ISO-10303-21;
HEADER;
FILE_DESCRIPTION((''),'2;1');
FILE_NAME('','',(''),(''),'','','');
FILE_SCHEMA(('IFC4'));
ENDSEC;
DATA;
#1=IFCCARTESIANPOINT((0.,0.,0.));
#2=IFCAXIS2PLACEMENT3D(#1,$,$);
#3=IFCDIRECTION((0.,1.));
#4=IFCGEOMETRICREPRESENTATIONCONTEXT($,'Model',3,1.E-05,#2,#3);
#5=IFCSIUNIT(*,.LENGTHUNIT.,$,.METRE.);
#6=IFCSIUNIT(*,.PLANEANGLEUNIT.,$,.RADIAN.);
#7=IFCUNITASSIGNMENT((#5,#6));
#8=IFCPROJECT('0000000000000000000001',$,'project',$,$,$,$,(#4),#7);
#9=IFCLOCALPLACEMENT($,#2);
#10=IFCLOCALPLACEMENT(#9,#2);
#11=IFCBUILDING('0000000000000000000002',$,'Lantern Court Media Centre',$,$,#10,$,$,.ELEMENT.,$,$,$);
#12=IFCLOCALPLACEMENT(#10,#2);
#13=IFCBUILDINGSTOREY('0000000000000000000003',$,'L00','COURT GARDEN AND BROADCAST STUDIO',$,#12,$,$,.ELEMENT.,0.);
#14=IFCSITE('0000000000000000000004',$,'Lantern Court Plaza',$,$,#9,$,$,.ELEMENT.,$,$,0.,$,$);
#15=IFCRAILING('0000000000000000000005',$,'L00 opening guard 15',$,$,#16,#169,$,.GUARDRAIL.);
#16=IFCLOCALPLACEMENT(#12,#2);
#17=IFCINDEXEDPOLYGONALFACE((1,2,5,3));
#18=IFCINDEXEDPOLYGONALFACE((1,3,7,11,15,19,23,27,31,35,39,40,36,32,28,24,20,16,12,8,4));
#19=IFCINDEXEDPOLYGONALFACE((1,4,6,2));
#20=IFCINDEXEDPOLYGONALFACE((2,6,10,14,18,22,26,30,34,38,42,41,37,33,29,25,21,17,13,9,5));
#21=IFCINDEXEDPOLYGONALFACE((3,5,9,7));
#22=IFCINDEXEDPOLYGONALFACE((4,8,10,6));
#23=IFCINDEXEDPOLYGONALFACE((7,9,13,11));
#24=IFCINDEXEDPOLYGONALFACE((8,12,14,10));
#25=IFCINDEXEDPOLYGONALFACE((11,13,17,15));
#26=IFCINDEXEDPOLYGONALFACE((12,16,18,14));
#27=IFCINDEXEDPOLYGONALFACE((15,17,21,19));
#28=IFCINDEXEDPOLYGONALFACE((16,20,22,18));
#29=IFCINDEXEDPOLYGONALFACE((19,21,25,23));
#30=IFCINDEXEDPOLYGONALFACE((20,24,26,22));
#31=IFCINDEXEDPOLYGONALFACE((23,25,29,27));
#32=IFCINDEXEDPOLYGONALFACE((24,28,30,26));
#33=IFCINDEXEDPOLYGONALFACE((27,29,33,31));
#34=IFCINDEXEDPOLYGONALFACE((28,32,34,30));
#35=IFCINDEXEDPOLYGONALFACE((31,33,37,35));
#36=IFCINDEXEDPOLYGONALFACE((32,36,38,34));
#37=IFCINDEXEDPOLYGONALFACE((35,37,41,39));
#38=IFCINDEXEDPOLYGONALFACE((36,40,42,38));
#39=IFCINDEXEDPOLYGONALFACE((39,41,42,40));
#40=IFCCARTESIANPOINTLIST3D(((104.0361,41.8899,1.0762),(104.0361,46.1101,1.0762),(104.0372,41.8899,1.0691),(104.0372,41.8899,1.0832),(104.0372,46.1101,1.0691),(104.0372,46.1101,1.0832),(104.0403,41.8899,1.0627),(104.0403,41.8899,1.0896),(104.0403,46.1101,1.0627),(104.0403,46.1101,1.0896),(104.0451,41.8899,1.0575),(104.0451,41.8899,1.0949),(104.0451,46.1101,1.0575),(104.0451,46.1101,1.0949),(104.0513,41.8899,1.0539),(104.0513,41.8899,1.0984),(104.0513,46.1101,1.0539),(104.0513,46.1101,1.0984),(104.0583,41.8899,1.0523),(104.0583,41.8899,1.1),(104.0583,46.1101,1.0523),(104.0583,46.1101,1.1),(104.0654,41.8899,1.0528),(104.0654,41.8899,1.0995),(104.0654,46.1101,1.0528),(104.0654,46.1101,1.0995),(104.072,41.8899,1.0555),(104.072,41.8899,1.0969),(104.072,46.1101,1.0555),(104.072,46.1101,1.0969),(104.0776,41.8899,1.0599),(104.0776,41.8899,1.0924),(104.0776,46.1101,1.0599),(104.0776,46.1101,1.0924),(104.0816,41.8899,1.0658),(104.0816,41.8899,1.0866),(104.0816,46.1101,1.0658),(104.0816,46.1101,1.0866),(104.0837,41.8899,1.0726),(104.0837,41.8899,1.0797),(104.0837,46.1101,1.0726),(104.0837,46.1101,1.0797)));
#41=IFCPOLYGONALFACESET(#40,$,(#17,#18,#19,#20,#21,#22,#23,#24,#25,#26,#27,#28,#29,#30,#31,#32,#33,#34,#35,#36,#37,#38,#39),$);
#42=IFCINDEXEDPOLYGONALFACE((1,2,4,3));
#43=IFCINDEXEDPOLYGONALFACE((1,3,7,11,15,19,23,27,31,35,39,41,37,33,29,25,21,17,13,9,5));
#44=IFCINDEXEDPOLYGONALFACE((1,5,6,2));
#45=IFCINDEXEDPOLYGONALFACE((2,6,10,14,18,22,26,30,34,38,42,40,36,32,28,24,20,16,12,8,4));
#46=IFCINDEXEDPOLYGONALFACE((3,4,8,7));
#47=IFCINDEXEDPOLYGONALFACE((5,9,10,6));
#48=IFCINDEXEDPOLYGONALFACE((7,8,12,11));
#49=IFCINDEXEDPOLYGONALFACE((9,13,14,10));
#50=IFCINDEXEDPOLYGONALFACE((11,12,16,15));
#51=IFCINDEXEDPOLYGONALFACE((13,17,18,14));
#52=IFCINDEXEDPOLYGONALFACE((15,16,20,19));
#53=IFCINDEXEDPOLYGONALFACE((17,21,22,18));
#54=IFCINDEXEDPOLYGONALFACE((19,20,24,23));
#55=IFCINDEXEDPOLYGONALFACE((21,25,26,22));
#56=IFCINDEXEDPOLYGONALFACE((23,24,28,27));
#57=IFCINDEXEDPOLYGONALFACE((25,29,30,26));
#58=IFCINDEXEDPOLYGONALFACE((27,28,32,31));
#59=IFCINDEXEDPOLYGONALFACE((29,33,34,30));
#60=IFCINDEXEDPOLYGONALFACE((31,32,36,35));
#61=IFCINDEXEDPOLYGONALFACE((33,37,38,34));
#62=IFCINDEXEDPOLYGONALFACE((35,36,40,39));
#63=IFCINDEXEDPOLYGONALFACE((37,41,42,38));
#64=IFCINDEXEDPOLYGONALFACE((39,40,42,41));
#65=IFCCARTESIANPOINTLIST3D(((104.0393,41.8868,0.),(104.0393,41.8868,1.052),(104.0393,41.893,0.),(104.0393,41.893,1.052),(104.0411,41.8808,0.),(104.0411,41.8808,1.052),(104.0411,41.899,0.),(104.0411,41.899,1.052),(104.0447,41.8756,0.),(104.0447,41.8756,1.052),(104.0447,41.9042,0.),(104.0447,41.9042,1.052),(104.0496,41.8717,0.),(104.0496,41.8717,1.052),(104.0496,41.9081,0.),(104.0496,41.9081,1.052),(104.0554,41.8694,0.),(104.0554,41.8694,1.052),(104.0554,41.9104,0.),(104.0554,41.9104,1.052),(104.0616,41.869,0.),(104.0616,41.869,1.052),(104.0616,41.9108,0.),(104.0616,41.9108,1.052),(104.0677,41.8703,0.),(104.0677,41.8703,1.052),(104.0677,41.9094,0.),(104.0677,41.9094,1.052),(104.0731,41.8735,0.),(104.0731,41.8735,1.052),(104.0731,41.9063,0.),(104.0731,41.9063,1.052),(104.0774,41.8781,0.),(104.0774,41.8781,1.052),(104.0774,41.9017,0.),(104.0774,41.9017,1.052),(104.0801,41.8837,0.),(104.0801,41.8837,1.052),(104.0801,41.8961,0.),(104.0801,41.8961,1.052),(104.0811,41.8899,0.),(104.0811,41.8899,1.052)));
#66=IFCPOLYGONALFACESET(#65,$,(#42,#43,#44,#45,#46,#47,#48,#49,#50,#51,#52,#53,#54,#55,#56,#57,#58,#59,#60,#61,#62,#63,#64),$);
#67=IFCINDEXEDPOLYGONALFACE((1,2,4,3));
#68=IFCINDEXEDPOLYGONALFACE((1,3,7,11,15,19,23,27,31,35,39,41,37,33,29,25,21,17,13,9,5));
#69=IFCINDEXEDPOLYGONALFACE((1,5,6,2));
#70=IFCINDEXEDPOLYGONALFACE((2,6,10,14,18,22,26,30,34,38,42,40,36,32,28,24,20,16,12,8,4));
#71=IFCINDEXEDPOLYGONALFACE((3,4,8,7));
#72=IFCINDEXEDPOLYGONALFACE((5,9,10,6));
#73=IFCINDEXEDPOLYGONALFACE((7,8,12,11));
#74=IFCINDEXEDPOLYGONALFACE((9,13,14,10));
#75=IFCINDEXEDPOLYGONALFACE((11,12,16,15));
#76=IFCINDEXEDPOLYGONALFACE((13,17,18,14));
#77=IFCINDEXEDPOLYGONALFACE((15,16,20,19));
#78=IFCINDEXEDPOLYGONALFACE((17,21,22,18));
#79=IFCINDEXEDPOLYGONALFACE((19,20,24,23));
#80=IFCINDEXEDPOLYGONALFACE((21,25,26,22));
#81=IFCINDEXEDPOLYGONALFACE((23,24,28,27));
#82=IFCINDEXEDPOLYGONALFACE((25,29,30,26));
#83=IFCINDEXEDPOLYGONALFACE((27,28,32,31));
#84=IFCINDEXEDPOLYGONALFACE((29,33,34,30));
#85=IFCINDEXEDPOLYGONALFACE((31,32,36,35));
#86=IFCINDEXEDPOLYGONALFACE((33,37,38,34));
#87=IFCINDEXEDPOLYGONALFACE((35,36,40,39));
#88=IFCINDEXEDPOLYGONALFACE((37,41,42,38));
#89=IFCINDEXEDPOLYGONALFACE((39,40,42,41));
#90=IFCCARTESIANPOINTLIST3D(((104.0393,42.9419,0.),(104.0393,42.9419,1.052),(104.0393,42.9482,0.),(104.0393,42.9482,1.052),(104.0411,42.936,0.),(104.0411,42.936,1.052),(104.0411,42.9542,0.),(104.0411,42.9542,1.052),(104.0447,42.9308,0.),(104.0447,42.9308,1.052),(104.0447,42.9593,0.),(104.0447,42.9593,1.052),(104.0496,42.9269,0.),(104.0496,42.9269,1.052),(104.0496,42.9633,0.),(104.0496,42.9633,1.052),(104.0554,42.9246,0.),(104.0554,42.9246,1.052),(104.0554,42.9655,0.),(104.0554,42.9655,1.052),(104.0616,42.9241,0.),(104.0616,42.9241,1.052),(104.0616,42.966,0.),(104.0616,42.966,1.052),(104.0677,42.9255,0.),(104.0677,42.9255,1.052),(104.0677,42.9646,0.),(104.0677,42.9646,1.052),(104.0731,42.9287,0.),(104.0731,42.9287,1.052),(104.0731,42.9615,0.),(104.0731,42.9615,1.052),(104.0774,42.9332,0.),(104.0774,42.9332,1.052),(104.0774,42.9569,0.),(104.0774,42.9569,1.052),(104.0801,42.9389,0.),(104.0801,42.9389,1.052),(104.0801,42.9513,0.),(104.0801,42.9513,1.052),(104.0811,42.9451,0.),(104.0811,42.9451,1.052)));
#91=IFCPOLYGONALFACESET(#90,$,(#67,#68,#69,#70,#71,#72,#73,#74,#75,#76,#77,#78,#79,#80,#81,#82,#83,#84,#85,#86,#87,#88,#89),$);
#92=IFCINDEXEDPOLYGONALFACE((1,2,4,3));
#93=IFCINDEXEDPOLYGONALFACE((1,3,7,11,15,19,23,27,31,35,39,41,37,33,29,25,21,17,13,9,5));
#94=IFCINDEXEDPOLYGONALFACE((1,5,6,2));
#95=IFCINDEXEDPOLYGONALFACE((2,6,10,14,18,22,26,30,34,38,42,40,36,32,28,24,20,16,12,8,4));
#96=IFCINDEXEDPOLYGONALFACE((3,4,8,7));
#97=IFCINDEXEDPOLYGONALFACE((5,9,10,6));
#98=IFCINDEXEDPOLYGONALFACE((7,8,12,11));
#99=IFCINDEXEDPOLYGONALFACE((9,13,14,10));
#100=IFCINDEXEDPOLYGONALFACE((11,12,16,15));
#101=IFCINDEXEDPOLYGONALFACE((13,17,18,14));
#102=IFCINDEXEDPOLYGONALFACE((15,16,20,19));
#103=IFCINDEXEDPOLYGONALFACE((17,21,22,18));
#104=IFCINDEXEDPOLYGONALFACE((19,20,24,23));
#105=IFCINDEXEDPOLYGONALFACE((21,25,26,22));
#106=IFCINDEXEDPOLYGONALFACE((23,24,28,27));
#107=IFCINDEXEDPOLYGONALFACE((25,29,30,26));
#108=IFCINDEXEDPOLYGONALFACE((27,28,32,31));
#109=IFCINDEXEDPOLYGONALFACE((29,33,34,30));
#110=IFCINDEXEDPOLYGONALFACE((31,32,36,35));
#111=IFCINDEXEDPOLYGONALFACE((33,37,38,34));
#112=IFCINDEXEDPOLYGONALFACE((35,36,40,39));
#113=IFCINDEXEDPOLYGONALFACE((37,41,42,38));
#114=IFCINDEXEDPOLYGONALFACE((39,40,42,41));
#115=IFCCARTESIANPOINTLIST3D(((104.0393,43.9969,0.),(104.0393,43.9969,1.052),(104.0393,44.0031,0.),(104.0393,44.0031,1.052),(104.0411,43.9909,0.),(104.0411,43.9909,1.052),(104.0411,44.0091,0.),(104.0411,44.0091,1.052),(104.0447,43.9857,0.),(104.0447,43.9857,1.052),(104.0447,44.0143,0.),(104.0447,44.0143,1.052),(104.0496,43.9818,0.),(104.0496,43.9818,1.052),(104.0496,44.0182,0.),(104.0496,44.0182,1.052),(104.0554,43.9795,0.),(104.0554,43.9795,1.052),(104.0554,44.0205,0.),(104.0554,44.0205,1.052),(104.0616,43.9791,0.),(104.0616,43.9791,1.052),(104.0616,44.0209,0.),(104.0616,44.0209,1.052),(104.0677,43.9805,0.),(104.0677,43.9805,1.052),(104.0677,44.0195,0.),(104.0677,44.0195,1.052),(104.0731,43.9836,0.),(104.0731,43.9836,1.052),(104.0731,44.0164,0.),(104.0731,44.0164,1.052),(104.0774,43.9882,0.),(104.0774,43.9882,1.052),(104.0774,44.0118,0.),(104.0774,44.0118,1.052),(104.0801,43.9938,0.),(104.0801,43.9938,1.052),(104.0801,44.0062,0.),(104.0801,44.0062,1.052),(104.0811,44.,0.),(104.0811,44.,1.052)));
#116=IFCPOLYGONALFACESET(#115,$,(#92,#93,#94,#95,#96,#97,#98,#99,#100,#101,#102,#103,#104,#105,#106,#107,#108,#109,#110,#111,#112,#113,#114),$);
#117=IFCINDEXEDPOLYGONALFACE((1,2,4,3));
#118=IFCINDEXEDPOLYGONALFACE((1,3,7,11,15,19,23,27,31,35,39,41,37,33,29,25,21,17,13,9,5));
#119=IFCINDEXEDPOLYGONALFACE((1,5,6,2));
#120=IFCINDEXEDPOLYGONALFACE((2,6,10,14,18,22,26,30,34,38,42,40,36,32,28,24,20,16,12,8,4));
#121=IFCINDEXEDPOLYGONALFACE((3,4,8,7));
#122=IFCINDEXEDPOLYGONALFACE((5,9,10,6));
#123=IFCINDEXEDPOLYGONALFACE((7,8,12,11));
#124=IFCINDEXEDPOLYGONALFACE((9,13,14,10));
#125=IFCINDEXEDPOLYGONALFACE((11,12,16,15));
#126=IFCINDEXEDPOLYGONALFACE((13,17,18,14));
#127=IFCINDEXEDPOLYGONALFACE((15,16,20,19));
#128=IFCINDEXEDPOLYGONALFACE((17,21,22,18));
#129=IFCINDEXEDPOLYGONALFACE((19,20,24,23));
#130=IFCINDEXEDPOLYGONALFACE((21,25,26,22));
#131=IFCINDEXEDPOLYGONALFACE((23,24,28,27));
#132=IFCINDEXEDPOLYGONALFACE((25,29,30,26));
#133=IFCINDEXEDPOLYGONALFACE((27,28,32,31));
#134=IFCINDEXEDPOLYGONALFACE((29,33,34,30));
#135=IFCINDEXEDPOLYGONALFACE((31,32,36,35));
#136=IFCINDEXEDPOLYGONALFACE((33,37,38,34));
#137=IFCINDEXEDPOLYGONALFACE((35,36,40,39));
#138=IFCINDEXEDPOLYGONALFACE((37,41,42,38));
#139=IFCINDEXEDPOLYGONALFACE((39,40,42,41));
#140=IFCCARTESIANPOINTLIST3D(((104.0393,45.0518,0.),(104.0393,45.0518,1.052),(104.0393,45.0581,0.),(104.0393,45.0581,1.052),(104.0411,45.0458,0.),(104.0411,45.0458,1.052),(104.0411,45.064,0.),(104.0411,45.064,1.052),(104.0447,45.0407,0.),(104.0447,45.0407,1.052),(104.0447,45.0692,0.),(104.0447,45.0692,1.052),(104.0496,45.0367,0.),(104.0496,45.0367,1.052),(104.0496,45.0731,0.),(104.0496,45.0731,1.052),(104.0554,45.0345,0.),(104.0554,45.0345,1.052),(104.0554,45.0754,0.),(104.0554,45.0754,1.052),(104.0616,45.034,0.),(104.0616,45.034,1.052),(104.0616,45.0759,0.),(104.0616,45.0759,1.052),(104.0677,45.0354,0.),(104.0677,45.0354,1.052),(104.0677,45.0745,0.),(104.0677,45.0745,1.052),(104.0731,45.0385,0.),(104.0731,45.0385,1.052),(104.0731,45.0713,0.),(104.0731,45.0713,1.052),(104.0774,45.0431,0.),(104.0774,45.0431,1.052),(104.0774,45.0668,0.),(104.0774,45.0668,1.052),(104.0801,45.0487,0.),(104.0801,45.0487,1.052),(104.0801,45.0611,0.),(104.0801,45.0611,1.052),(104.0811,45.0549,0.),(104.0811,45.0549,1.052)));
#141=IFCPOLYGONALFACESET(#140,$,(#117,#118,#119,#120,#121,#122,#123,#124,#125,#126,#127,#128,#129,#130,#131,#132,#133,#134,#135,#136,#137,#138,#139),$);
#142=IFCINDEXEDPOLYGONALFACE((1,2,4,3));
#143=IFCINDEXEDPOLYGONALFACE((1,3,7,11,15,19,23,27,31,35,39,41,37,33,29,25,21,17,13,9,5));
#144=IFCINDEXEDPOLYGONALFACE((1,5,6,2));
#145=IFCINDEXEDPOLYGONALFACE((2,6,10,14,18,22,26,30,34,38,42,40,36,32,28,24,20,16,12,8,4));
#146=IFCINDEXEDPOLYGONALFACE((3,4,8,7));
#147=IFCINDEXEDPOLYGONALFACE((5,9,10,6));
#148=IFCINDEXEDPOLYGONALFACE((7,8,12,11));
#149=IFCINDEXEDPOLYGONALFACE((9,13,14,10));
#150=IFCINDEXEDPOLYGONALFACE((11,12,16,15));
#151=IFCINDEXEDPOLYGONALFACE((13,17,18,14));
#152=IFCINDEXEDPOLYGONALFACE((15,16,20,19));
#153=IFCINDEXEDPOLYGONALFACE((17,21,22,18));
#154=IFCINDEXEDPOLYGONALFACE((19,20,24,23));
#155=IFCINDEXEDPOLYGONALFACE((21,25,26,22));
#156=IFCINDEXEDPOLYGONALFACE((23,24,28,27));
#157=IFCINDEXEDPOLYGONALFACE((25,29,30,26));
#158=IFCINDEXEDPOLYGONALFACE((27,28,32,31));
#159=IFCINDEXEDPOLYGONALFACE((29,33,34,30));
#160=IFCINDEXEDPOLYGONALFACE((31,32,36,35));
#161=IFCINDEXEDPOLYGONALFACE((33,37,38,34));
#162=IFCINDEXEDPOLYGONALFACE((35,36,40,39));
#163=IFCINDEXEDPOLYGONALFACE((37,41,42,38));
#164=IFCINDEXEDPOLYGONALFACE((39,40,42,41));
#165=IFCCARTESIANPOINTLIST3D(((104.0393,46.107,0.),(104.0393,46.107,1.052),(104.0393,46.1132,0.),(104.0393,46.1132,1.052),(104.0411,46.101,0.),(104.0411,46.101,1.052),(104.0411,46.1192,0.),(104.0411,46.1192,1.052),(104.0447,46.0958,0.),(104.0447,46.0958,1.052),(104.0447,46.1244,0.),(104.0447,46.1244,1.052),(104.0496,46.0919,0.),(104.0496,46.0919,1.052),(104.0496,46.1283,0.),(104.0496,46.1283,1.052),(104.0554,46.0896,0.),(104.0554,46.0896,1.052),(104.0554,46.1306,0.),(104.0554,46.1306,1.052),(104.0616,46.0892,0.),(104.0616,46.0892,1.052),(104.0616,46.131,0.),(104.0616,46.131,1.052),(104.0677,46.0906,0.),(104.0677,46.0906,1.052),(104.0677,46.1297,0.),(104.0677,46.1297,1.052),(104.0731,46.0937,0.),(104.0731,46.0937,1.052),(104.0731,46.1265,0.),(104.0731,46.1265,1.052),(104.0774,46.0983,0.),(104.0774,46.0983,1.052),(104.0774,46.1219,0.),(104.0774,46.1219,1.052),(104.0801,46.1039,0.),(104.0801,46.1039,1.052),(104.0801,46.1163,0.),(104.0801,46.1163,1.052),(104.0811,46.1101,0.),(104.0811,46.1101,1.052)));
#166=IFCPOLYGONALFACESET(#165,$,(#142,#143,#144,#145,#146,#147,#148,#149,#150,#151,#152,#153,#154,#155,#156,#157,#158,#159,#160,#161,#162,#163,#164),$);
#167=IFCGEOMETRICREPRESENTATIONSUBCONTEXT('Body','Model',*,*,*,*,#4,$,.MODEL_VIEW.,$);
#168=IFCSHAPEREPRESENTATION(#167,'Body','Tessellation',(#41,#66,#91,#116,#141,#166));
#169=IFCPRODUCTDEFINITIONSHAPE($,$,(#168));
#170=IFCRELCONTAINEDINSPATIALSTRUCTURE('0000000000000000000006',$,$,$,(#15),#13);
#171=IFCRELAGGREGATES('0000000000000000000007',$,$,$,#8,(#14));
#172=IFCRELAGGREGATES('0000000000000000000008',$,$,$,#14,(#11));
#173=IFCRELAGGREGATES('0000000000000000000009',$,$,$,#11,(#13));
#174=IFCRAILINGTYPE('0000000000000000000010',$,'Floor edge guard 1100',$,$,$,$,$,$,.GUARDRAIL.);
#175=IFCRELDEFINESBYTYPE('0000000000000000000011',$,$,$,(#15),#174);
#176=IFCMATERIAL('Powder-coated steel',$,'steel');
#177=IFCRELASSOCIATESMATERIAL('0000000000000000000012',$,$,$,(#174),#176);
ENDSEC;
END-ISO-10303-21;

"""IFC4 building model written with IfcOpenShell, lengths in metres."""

from ifc_helpers import new_model, si_unit, direction, frame, origin, origin_2d, place, context, subcontext, project, spatial, circle, extrude, material, type_object, element, save


model = new_model("IFC4")

# Units and contexts
model_context = context("Model", 3, precision=1e-05, world=origin(), true_north=direction((0.0, 1.0)))
body_context = subcontext(model_context, "Body", "Model", "MODEL_VIEW")
ifc_project = project(units=[si_unit("LENGTHUNIT", "METRE"), si_unit("PLANEANGLEUNIT", "RADIAN")], contexts=[model_context])

# Site, building, storey
site_placement = place(None, origin())
site = spatial("IfcSite", under=ifc_project, at=site_placement, Name="Lantern Court Plaza", CompositionType="ELEMENT", RefElevation=0.0)
building_placement = place(site_placement, origin())
building = spatial("IfcBuilding", under=site, at=building_placement, Name="Lantern Court Media Centre", CompositionType="ELEMENT")
storey_placement = place(building_placement, origin())
storey = spatial("IfcBuildingStorey", under=building, at=storey_placement, Name="L00", Description="COURT GARDEN AND BROADCAST STUDIO", CompositionType="ELEMENT", Elevation=0.0)

# Railing
ifc_material_1 = material(Name="Powder-coated steel", Category="steel")
railing_type_1 = type_object("IfcRailingType", Name="Floor edge guard 1100", PredefinedType="GUARDRAIL", material=ifc_material_1)
railing_1_placement = place(storey_placement, frame((104.0601, 41.8899, 0.0)))
element("IfcRailing", 1, at=railing_1_placement, inside=storey, type_object=railing_type_1, Name="L00 opening guard 15", PredefinedType="GUARDRAIL", context=body_context, shape_type="SweptSolid", body=[
    extrude(circle(Radius=0.0239, at=origin_2d()), frame((0.0, 0.0, 1.0762), z_axis=(0.0, 1.0, 0.0), x_axis=(-1.0, 0.0, 0.0)), (0.0, 0.0, 1.0), 4.2202),
    extrude(circle(Radius=0.021, at=origin_2d()), origin(), (0.0, 0.0, 1.0), 1.052),
    extrude(circle(Radius=0.021, at=origin_2d()), frame((0.0, 1.0552, 0.0)), (0.0, 0.0, 1.0), 1.052),
    extrude(circle(Radius=0.021, at=origin_2d()), frame((0.0, 2.1101, 0.0)), (0.0, 0.0, 1.0), 1.052),
    extrude(circle(Radius=0.021, at=origin_2d()), frame((0.0, 3.165, 0.0)), (0.0, 0.0, 1.0), 1.052),
    extrude(circle(Radius=0.021, at=origin_2d()), frame((0.0, 4.2202, 0.0)), (0.0, 0.0, 1.0), 1.052),
])

save(model, "model.ifc")
